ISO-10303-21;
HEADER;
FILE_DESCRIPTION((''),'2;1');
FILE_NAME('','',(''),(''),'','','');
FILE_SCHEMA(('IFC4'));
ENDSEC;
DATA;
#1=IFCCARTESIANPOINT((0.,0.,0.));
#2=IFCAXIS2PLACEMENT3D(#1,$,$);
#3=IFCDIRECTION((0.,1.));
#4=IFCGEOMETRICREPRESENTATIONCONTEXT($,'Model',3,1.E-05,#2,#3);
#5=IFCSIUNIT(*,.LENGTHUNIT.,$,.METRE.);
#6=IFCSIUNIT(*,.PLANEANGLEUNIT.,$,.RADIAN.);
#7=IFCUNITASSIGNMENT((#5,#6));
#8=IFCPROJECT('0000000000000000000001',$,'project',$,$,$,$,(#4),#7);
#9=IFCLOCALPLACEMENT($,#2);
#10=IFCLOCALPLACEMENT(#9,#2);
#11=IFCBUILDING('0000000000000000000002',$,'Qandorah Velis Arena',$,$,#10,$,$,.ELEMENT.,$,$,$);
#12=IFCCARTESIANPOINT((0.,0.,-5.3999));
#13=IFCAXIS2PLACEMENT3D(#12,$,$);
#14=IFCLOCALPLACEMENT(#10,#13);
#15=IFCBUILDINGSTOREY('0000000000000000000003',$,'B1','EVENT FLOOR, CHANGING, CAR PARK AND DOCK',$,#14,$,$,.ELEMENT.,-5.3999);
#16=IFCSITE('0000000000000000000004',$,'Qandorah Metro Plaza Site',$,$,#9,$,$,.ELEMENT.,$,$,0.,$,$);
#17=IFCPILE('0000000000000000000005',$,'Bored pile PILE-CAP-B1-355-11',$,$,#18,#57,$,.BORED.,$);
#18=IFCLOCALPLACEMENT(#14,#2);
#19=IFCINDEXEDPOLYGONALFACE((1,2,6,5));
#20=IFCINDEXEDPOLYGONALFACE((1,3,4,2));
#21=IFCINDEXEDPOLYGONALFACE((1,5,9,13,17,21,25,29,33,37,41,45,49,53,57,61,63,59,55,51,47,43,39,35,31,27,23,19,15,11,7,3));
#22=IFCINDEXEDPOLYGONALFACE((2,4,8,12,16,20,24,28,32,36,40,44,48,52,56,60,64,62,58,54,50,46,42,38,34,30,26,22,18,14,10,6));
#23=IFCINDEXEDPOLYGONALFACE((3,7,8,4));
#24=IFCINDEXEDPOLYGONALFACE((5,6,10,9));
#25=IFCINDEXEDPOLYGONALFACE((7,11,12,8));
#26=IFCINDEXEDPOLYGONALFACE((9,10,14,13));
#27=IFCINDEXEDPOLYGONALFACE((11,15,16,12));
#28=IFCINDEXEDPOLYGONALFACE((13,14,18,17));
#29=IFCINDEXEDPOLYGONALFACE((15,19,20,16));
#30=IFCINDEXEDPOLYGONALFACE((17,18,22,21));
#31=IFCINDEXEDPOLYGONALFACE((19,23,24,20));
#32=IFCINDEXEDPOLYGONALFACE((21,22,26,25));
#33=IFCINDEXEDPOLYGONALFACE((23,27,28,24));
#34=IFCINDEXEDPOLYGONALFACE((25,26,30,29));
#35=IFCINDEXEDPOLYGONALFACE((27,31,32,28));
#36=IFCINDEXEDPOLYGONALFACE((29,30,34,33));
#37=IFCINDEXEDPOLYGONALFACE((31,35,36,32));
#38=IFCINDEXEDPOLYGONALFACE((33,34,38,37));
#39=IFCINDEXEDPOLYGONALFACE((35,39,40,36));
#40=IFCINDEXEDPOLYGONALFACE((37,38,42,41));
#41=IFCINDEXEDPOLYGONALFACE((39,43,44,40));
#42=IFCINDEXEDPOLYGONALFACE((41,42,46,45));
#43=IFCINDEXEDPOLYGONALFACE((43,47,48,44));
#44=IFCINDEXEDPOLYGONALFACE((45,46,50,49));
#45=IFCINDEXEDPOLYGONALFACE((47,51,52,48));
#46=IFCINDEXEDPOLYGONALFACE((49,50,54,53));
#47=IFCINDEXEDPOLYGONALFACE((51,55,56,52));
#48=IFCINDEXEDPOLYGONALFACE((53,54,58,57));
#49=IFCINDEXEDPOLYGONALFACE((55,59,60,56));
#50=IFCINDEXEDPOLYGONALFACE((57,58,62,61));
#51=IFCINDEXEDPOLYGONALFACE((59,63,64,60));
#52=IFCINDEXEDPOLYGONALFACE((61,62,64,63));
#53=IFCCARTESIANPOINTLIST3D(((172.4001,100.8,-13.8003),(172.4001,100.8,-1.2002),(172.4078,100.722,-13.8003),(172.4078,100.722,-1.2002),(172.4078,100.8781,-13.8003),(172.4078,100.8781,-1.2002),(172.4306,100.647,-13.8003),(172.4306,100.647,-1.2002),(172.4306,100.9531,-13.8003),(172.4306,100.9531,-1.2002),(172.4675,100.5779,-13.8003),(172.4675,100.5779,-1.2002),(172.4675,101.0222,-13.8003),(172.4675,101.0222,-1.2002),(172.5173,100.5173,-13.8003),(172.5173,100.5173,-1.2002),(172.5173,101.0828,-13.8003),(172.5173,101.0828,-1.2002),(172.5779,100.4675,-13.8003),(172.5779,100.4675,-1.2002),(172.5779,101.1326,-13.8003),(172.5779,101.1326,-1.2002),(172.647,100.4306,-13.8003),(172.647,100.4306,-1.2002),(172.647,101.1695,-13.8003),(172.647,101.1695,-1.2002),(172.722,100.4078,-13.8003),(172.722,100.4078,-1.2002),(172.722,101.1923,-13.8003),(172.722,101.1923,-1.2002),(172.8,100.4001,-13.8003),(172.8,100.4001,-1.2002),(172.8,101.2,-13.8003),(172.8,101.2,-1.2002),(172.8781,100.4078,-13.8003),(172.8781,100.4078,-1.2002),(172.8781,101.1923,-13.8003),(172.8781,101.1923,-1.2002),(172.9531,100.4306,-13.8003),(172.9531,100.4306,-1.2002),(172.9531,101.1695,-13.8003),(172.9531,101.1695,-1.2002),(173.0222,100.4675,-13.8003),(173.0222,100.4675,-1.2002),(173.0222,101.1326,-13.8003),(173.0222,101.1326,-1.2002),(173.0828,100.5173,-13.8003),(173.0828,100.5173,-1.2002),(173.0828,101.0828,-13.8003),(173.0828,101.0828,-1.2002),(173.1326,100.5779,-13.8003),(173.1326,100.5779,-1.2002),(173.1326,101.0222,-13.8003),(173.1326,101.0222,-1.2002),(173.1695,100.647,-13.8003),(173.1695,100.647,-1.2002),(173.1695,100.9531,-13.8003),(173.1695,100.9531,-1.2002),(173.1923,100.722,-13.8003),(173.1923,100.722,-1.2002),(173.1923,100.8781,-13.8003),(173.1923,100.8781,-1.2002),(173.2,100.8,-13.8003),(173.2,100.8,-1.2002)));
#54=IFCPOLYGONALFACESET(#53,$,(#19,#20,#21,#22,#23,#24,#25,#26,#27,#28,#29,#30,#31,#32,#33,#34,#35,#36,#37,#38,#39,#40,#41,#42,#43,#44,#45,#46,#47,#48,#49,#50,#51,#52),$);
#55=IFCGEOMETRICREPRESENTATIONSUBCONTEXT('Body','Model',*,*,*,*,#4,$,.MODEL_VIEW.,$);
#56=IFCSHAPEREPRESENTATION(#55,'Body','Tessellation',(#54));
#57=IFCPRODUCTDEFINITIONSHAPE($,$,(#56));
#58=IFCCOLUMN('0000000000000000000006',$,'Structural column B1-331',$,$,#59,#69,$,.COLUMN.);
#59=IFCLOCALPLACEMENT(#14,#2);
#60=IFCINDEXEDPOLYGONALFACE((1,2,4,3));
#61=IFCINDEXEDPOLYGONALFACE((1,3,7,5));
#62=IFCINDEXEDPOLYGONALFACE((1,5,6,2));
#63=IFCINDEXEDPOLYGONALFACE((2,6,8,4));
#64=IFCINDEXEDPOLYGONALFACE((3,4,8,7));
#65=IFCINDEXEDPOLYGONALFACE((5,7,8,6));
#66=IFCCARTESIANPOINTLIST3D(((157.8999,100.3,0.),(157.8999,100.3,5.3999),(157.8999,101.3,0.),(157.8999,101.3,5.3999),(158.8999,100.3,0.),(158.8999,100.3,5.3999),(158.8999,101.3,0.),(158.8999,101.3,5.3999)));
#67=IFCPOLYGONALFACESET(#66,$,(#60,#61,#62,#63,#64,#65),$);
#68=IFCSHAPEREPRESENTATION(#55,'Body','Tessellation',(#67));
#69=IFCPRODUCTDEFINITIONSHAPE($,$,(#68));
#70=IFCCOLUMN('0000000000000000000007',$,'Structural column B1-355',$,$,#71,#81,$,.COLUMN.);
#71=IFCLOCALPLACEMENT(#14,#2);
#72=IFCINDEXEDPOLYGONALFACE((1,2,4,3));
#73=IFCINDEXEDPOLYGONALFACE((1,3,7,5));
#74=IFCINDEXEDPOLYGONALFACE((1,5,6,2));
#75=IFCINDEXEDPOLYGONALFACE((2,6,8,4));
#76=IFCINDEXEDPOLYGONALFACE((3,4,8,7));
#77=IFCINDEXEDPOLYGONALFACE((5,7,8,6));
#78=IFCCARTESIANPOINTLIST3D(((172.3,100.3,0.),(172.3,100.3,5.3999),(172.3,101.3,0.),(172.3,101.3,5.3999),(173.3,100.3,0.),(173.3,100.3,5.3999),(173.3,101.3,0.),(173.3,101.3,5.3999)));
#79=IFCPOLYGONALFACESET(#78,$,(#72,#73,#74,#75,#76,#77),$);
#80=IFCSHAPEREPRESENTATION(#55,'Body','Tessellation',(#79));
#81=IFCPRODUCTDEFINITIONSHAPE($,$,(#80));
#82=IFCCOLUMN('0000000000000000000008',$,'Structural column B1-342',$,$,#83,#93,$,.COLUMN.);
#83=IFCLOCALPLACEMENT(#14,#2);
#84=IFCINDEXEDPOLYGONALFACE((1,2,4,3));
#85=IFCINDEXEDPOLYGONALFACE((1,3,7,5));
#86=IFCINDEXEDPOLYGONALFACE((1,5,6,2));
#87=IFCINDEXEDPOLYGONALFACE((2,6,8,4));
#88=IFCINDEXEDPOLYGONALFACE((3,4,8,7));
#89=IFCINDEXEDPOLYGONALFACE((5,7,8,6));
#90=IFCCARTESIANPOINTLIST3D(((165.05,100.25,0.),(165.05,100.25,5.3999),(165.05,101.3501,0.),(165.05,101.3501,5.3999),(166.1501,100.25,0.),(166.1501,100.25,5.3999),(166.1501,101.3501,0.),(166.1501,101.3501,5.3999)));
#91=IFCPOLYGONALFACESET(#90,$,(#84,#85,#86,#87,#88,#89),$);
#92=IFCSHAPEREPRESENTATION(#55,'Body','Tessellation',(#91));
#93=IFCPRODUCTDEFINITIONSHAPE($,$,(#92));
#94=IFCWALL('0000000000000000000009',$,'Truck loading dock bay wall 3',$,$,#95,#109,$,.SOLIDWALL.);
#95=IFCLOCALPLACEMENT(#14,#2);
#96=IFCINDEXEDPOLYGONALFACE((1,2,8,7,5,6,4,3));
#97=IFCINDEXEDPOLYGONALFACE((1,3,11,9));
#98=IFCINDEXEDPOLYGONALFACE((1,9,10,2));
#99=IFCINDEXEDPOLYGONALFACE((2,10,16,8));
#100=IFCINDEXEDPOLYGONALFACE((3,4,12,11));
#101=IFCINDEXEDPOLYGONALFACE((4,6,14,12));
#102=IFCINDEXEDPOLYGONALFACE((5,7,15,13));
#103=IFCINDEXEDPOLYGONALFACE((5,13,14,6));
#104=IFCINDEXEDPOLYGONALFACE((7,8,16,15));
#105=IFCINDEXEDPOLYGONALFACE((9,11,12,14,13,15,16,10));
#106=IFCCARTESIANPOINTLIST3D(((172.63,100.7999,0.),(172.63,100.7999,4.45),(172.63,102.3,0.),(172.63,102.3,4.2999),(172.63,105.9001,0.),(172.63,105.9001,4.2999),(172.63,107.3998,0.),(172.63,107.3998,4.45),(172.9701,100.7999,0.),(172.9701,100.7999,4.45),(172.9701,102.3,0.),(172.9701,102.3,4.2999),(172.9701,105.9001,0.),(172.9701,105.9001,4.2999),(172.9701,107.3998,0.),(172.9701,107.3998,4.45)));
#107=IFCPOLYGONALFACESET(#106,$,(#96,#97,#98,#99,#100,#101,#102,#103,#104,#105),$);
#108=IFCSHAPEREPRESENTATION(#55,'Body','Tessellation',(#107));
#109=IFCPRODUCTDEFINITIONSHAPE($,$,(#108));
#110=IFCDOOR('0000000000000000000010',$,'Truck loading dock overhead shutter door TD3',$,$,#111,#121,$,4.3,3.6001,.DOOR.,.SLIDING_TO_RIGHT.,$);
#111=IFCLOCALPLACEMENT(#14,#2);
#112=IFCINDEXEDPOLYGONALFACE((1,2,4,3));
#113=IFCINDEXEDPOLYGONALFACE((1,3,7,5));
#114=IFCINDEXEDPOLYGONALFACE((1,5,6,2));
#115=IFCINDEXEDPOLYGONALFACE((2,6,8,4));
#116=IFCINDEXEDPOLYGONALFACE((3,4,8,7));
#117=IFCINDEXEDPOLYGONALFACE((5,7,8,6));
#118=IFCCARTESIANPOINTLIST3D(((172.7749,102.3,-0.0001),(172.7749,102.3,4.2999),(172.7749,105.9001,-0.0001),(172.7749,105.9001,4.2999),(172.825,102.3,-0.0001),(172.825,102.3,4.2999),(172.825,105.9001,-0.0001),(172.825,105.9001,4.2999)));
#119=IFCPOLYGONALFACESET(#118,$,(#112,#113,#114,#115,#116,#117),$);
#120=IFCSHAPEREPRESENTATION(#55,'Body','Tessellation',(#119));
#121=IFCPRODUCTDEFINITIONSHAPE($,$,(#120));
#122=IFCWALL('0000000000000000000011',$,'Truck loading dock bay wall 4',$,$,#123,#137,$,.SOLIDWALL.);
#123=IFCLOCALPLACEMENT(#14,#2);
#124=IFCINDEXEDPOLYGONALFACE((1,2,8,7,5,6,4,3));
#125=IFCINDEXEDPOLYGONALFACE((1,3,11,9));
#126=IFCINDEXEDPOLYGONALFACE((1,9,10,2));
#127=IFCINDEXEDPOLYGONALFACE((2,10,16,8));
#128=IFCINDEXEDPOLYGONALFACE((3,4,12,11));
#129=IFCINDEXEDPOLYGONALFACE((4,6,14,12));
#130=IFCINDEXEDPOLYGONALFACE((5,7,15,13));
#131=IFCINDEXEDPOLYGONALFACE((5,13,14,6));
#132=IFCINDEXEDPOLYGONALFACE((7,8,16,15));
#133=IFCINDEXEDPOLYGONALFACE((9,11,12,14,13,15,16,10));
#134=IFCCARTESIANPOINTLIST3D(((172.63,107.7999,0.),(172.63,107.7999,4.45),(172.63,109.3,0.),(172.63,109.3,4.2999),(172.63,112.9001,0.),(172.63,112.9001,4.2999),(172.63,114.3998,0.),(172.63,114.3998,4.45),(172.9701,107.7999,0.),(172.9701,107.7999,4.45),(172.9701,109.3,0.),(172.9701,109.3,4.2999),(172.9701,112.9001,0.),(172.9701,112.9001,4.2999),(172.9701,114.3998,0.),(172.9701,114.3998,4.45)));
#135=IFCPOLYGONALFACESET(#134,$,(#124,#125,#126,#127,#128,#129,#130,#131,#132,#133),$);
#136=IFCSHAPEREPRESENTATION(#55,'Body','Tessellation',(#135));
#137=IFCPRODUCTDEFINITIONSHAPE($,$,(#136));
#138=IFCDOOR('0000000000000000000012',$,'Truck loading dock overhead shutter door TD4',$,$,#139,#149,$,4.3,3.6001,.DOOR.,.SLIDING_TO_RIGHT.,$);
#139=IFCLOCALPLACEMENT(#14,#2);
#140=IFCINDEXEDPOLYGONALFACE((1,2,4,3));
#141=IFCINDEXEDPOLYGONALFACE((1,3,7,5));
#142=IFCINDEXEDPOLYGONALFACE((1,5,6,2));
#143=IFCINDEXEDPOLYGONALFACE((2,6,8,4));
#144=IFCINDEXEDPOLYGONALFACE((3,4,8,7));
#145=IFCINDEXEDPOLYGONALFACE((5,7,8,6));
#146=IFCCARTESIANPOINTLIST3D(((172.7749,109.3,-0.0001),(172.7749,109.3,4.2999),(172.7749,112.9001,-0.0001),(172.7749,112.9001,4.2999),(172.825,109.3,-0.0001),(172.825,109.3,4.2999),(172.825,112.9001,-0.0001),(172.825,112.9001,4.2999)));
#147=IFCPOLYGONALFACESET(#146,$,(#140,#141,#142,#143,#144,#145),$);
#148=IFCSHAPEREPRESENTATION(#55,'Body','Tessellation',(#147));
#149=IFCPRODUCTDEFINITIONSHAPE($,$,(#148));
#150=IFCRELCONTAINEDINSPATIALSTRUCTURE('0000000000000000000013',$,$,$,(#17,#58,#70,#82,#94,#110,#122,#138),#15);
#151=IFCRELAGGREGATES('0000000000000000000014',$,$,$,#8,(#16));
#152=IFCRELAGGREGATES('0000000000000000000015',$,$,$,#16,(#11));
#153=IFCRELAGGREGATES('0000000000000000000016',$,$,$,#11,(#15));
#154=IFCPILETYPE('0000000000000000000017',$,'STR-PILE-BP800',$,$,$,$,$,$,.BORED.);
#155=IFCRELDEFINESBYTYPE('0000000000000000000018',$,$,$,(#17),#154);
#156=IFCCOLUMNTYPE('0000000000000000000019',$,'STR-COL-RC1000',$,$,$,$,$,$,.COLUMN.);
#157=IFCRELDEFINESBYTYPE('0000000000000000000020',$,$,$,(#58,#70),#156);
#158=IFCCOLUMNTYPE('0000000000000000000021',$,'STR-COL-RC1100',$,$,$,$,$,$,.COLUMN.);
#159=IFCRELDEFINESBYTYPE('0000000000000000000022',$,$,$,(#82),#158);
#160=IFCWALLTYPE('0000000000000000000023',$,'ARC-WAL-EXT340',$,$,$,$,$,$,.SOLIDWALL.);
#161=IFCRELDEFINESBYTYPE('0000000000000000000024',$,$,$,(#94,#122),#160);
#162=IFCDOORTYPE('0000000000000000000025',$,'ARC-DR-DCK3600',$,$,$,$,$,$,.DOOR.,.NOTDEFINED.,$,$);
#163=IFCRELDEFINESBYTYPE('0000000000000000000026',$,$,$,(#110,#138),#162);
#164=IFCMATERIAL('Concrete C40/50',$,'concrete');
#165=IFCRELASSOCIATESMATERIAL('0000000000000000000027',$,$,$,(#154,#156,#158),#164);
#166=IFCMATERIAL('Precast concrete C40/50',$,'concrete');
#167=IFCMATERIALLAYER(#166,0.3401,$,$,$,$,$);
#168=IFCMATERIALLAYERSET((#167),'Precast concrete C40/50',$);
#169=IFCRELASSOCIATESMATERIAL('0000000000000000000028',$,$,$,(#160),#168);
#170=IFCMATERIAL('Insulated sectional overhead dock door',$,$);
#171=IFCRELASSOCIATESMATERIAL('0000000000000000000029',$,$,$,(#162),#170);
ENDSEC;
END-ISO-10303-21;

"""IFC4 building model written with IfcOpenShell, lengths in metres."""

from ifc_helpers import new_model, si_unit, direction, frame, frame_2d, origin, origin_2d, place, context, subcontext, project, spatial, rectangle, circle, extrude, material, layer, layer_set, material_profile, profile_set, type_object, element, fill, save


model = new_model("IFC4")

# Units and contexts
model_context = context("Model", 3, precision=1e-05, world=origin(), true_north=direction((0.0, 1.0)))
body_context = subcontext(model_context, "Body", "Model", "MODEL_VIEW")
ifc_project = project(units=[si_unit("LENGTHUNIT", "METRE"), si_unit("PLANEANGLEUNIT", "RADIAN")], contexts=[model_context])

# Site, building, storey
site_placement = place(None, origin())
site = spatial("IfcSite", under=ifc_project, at=site_placement, Name="Qandorah Metro Plaza Site", CompositionType="ELEMENT", RefElevation=0.0)
building_placement = place(site_placement, origin())
building = spatial("IfcBuilding", under=site, at=building_placement, Name="Qandorah Velis Arena", CompositionType="ELEMENT")
storey_placement = place(building_placement, frame((0.0, 0.0, -5.3999)))
storey = spatial("IfcBuildingStorey", under=building, at=storey_placement, Name="B1", Description="EVENT FLOOR, CHANGING, CAR PARK AND DOCK", CompositionType="ELEMENT", Elevation=-5.3999)

# Shared definitions
ifc_material_1 = material(Name="Concrete C40/50", Category="concrete")

# Pile
ifc_material_profile_1 = material_profile(ifc_material_1, circle(Radius=0.3999, at=origin_2d()), Name="BORED PILE D800")
ifc_profile_set_1 = profile_set([ifc_material_profile_1], Name="Concrete C40/50")
pile_type_1 = type_object("IfcPileType", Name="STR-PILE-BP800", PredefinedType="BORED", material=ifc_profile_set_1)
pile_1_placement = place(storey_placement, frame((172.8, 100.8, -1.2002), z_axis=(0.0, 0.0, -1.0), x_axis=(1.0, 0.0, 0.0)))
element("IfcPile", 1, at=pile_1_placement, inside=storey, type_object=pile_type_1, Name="Bored pile PILE-CAP-B1-355-11", PredefinedType="BORED", context=body_context, shape_type="SweptSolid", body=[
    extrude(circle(Radius=0.3999, at=origin_2d()), origin(), (0.0, 0.0, 1.0), 12.6001),
])

# Columns
ifc_material_profile_2 = material_profile(ifc_material_1, rectangle(XDim=1.0, YDim=1.0, at=origin_2d()), Name="RC COL 1000x1000")
ifc_profile_set_2 = profile_set([ifc_material_profile_2], Name="Concrete C40/50")
column_type_1 = type_object("IfcColumnType", Name="STR-COL-RC1000", PredefinedType="COLUMN", material=ifc_profile_set_2)
for number, where, z_axis, x_axis, name in (
    (2, (158.3999, 100.8, 0.0), (0.0, 0.0, 1.0), (1.0, 0.0, 0.0), "Structural column B1-331"),
    (3, (172.8, 100.8, 0.0), (0.0, 0.0, 1.0), (1.0, 0.0, 0.0), "Structural column B1-355"),
):
    element("IfcColumn", number, at=place(storey_placement, frame(where, z_axis=z_axis, x_axis=x_axis)), inside=storey, type_object=column_type_1, Name=name, PredefinedType="COLUMN", context=body_context, shape_type="SweptSolid", body=[
        extrude(rectangle(XDim=1.0, YDim=1.0, at=origin_2d()), origin(), (0.0, 0.0, 1.0), 5.3999),
    ])
ifc_material_profile_3 = material_profile(ifc_material_1, rectangle(XDim=1.1001, YDim=1.1001, at=origin_2d()), Name="RC COL 1100x1100")
ifc_profile_set_3 = profile_set([ifc_material_profile_3], Name="Concrete C40/50")
column_type_2 = type_object("IfcColumnType", Name="STR-COL-RC1100", PredefinedType="COLUMN", material=ifc_profile_set_3)
column_placement = place(storey_placement, frame((165.6001, 100.8, 0.0), z_axis=(0.0, 0.0, 1.0), x_axis=(1.0, 0.0, 0.0)))
element("IfcColumn", 4, at=column_placement, inside=storey, type_object=column_type_2, Name="Structural column B1-342", PredefinedType="COLUMN", context=body_context, shape_type="SweptSolid", body=[
    extrude(rectangle(XDim=1.1001, YDim=1.1001, at=origin_2d()), origin(), (0.0, 0.0, 1.0), 5.3999),
])

# Walls, openings, doors
ifc_material_2 = material(Name="Precast concrete C40/50", Category="concrete")
ifc_layer = layer(ifc_material_2, 0.3401)
ifc_layer_set = layer_set([ifc_layer], Name="Precast concrete C40/50")
wall_type = type_object("IfcWallType", Name="ARC-WAL-EXT340", PredefinedType="SOLIDWALL", material=ifc_layer_set)
wall_1_placement = place(storey_placement, frame((172.8, 100.8, 0.0), z_axis=(0.0, 0.0, 1.0), x_axis=(0.0, 1.0, 0.0)))
wall_1 = element("IfcWall", 5, at=wall_1_placement, inside=storey, type_object=wall_type, Name="Truck loading dock bay wall 3", PredefinedType="SOLIDWALL", context=body_context, shape_type="SweptSolid", body=[
    extrude(rectangle(XDim=6.5999, YDim=0.3401, at=frame_2d((3.2998, 0.0))), origin(), (0.0, 0.0, 1.0), 4.45),
])
opening_1_placement = place(wall_1_placement, frame((1.5, 0.0, 0.0)))
opening_1 = element("IfcOpeningElement", 6, at=opening_1_placement, cuts=wall_1, PredefinedType="OPENING", context=body_context, shape_type="SweptSolid", body=[
    extrude(rectangle(XDim=3.6001, YDim=4.3, at=frame_2d((1.8, 2.1499))), frame((0.0, 0.1802, 0.0), z_axis=(0.0, -1.0, 0.0), x_axis=(1.0, 0.0, 0.0)), (0.0, 0.0, 1.0), 0.3601),
])
ifc_material_3 = material(Name="Insulated sectional overhead dock door")
door_type = type_object("IfcDoorType", Name="ARC-DR-DCK3600", OperationType="NOTDEFINED", PredefinedType="DOOR", material=ifc_material_3)
door_1_placement = place(opening_1_placement, frame((3.6001, 0.0, 0.0), z_axis=(0.0, 0.0, 1.0), x_axis=(-1.0, 0.0, 0.0)))
door_1 = element("IfcDoor", 7, at=door_1_placement, inside=storey, type_object=door_type, Name="Truck loading dock overhead shutter door TD3", OperationType="SLIDING_TO_RIGHT", OverallHeight=4.3, OverallWidth=3.6001, PredefinedType="DOOR", context=body_context, shape_type="SweptSolid", body=[
    extrude(rectangle(XDim=3.6001, YDim=4.3, at=frame_2d((1.8, 2.1499))), frame((0.0, 0.0249, 0.0), z_axis=(0.0, -1.0, 0.0), x_axis=(1.0, 0.0, 0.0)), (0.0, 0.0, 1.0), 0.05),
])
fill(opening_1, door_1)
wall_2_placement = place(storey_placement, frame((172.8, 107.8, 0.0), z_axis=(0.0, 0.0, 1.0), x_axis=(0.0, 1.0, 0.0)))
wall_2 = element("IfcWall", 8, at=wall_2_placement, inside=storey, type_object=wall_type, Name="Truck loading dock bay wall 4", PredefinedType="SOLIDWALL", context=body_context, shape_type="SweptSolid", body=[
    extrude(rectangle(XDim=6.5999, YDim=0.3401, at=frame_2d((3.2998, 0.0))), origin(), (0.0, 0.0, 1.0), 4.45),
])
opening_2_placement = place(wall_2_placement, frame((1.5, 0.0, 0.0)))
opening_2 = element("IfcOpeningElement", 9, at=opening_2_placement, cuts=wall_2, PredefinedType="OPENING", context=body_context, shape_type="SweptSolid", body=[
    extrude(rectangle(XDim=3.6001, YDim=4.3, at=frame_2d((1.8, 2.1499))), frame((0.0, 0.1802, 0.0), z_axis=(0.0, -1.0, 0.0), x_axis=(1.0, 0.0, 0.0)), (0.0, 0.0, 1.0), 0.3601),
])
door_2_placement = place(opening_2_placement, frame((3.6001, 0.0, 0.0), z_axis=(0.0, 0.0, 1.0), x_axis=(-1.0, 0.0, 0.0)))
door_2 = element("IfcDoor", 10, at=door_2_placement, inside=storey, type_object=door_type, Name="Truck loading dock overhead shutter door TD4", OperationType="SLIDING_TO_RIGHT", OverallHeight=4.3, OverallWidth=3.6001, PredefinedType="DOOR", context=body_context, shape_type="SweptSolid", body=[
    extrude(rectangle(XDim=3.6001, YDim=4.3, at=frame_2d((1.8, 2.1499))), frame((0.0, 0.0249, 0.0), z_axis=(0.0, -1.0, 0.0), x_axis=(1.0, 0.0, 0.0)), (0.0, 0.0, 1.0), 0.05),
])
fill(opening_2, door_2)

save(model, "model.ifc")
